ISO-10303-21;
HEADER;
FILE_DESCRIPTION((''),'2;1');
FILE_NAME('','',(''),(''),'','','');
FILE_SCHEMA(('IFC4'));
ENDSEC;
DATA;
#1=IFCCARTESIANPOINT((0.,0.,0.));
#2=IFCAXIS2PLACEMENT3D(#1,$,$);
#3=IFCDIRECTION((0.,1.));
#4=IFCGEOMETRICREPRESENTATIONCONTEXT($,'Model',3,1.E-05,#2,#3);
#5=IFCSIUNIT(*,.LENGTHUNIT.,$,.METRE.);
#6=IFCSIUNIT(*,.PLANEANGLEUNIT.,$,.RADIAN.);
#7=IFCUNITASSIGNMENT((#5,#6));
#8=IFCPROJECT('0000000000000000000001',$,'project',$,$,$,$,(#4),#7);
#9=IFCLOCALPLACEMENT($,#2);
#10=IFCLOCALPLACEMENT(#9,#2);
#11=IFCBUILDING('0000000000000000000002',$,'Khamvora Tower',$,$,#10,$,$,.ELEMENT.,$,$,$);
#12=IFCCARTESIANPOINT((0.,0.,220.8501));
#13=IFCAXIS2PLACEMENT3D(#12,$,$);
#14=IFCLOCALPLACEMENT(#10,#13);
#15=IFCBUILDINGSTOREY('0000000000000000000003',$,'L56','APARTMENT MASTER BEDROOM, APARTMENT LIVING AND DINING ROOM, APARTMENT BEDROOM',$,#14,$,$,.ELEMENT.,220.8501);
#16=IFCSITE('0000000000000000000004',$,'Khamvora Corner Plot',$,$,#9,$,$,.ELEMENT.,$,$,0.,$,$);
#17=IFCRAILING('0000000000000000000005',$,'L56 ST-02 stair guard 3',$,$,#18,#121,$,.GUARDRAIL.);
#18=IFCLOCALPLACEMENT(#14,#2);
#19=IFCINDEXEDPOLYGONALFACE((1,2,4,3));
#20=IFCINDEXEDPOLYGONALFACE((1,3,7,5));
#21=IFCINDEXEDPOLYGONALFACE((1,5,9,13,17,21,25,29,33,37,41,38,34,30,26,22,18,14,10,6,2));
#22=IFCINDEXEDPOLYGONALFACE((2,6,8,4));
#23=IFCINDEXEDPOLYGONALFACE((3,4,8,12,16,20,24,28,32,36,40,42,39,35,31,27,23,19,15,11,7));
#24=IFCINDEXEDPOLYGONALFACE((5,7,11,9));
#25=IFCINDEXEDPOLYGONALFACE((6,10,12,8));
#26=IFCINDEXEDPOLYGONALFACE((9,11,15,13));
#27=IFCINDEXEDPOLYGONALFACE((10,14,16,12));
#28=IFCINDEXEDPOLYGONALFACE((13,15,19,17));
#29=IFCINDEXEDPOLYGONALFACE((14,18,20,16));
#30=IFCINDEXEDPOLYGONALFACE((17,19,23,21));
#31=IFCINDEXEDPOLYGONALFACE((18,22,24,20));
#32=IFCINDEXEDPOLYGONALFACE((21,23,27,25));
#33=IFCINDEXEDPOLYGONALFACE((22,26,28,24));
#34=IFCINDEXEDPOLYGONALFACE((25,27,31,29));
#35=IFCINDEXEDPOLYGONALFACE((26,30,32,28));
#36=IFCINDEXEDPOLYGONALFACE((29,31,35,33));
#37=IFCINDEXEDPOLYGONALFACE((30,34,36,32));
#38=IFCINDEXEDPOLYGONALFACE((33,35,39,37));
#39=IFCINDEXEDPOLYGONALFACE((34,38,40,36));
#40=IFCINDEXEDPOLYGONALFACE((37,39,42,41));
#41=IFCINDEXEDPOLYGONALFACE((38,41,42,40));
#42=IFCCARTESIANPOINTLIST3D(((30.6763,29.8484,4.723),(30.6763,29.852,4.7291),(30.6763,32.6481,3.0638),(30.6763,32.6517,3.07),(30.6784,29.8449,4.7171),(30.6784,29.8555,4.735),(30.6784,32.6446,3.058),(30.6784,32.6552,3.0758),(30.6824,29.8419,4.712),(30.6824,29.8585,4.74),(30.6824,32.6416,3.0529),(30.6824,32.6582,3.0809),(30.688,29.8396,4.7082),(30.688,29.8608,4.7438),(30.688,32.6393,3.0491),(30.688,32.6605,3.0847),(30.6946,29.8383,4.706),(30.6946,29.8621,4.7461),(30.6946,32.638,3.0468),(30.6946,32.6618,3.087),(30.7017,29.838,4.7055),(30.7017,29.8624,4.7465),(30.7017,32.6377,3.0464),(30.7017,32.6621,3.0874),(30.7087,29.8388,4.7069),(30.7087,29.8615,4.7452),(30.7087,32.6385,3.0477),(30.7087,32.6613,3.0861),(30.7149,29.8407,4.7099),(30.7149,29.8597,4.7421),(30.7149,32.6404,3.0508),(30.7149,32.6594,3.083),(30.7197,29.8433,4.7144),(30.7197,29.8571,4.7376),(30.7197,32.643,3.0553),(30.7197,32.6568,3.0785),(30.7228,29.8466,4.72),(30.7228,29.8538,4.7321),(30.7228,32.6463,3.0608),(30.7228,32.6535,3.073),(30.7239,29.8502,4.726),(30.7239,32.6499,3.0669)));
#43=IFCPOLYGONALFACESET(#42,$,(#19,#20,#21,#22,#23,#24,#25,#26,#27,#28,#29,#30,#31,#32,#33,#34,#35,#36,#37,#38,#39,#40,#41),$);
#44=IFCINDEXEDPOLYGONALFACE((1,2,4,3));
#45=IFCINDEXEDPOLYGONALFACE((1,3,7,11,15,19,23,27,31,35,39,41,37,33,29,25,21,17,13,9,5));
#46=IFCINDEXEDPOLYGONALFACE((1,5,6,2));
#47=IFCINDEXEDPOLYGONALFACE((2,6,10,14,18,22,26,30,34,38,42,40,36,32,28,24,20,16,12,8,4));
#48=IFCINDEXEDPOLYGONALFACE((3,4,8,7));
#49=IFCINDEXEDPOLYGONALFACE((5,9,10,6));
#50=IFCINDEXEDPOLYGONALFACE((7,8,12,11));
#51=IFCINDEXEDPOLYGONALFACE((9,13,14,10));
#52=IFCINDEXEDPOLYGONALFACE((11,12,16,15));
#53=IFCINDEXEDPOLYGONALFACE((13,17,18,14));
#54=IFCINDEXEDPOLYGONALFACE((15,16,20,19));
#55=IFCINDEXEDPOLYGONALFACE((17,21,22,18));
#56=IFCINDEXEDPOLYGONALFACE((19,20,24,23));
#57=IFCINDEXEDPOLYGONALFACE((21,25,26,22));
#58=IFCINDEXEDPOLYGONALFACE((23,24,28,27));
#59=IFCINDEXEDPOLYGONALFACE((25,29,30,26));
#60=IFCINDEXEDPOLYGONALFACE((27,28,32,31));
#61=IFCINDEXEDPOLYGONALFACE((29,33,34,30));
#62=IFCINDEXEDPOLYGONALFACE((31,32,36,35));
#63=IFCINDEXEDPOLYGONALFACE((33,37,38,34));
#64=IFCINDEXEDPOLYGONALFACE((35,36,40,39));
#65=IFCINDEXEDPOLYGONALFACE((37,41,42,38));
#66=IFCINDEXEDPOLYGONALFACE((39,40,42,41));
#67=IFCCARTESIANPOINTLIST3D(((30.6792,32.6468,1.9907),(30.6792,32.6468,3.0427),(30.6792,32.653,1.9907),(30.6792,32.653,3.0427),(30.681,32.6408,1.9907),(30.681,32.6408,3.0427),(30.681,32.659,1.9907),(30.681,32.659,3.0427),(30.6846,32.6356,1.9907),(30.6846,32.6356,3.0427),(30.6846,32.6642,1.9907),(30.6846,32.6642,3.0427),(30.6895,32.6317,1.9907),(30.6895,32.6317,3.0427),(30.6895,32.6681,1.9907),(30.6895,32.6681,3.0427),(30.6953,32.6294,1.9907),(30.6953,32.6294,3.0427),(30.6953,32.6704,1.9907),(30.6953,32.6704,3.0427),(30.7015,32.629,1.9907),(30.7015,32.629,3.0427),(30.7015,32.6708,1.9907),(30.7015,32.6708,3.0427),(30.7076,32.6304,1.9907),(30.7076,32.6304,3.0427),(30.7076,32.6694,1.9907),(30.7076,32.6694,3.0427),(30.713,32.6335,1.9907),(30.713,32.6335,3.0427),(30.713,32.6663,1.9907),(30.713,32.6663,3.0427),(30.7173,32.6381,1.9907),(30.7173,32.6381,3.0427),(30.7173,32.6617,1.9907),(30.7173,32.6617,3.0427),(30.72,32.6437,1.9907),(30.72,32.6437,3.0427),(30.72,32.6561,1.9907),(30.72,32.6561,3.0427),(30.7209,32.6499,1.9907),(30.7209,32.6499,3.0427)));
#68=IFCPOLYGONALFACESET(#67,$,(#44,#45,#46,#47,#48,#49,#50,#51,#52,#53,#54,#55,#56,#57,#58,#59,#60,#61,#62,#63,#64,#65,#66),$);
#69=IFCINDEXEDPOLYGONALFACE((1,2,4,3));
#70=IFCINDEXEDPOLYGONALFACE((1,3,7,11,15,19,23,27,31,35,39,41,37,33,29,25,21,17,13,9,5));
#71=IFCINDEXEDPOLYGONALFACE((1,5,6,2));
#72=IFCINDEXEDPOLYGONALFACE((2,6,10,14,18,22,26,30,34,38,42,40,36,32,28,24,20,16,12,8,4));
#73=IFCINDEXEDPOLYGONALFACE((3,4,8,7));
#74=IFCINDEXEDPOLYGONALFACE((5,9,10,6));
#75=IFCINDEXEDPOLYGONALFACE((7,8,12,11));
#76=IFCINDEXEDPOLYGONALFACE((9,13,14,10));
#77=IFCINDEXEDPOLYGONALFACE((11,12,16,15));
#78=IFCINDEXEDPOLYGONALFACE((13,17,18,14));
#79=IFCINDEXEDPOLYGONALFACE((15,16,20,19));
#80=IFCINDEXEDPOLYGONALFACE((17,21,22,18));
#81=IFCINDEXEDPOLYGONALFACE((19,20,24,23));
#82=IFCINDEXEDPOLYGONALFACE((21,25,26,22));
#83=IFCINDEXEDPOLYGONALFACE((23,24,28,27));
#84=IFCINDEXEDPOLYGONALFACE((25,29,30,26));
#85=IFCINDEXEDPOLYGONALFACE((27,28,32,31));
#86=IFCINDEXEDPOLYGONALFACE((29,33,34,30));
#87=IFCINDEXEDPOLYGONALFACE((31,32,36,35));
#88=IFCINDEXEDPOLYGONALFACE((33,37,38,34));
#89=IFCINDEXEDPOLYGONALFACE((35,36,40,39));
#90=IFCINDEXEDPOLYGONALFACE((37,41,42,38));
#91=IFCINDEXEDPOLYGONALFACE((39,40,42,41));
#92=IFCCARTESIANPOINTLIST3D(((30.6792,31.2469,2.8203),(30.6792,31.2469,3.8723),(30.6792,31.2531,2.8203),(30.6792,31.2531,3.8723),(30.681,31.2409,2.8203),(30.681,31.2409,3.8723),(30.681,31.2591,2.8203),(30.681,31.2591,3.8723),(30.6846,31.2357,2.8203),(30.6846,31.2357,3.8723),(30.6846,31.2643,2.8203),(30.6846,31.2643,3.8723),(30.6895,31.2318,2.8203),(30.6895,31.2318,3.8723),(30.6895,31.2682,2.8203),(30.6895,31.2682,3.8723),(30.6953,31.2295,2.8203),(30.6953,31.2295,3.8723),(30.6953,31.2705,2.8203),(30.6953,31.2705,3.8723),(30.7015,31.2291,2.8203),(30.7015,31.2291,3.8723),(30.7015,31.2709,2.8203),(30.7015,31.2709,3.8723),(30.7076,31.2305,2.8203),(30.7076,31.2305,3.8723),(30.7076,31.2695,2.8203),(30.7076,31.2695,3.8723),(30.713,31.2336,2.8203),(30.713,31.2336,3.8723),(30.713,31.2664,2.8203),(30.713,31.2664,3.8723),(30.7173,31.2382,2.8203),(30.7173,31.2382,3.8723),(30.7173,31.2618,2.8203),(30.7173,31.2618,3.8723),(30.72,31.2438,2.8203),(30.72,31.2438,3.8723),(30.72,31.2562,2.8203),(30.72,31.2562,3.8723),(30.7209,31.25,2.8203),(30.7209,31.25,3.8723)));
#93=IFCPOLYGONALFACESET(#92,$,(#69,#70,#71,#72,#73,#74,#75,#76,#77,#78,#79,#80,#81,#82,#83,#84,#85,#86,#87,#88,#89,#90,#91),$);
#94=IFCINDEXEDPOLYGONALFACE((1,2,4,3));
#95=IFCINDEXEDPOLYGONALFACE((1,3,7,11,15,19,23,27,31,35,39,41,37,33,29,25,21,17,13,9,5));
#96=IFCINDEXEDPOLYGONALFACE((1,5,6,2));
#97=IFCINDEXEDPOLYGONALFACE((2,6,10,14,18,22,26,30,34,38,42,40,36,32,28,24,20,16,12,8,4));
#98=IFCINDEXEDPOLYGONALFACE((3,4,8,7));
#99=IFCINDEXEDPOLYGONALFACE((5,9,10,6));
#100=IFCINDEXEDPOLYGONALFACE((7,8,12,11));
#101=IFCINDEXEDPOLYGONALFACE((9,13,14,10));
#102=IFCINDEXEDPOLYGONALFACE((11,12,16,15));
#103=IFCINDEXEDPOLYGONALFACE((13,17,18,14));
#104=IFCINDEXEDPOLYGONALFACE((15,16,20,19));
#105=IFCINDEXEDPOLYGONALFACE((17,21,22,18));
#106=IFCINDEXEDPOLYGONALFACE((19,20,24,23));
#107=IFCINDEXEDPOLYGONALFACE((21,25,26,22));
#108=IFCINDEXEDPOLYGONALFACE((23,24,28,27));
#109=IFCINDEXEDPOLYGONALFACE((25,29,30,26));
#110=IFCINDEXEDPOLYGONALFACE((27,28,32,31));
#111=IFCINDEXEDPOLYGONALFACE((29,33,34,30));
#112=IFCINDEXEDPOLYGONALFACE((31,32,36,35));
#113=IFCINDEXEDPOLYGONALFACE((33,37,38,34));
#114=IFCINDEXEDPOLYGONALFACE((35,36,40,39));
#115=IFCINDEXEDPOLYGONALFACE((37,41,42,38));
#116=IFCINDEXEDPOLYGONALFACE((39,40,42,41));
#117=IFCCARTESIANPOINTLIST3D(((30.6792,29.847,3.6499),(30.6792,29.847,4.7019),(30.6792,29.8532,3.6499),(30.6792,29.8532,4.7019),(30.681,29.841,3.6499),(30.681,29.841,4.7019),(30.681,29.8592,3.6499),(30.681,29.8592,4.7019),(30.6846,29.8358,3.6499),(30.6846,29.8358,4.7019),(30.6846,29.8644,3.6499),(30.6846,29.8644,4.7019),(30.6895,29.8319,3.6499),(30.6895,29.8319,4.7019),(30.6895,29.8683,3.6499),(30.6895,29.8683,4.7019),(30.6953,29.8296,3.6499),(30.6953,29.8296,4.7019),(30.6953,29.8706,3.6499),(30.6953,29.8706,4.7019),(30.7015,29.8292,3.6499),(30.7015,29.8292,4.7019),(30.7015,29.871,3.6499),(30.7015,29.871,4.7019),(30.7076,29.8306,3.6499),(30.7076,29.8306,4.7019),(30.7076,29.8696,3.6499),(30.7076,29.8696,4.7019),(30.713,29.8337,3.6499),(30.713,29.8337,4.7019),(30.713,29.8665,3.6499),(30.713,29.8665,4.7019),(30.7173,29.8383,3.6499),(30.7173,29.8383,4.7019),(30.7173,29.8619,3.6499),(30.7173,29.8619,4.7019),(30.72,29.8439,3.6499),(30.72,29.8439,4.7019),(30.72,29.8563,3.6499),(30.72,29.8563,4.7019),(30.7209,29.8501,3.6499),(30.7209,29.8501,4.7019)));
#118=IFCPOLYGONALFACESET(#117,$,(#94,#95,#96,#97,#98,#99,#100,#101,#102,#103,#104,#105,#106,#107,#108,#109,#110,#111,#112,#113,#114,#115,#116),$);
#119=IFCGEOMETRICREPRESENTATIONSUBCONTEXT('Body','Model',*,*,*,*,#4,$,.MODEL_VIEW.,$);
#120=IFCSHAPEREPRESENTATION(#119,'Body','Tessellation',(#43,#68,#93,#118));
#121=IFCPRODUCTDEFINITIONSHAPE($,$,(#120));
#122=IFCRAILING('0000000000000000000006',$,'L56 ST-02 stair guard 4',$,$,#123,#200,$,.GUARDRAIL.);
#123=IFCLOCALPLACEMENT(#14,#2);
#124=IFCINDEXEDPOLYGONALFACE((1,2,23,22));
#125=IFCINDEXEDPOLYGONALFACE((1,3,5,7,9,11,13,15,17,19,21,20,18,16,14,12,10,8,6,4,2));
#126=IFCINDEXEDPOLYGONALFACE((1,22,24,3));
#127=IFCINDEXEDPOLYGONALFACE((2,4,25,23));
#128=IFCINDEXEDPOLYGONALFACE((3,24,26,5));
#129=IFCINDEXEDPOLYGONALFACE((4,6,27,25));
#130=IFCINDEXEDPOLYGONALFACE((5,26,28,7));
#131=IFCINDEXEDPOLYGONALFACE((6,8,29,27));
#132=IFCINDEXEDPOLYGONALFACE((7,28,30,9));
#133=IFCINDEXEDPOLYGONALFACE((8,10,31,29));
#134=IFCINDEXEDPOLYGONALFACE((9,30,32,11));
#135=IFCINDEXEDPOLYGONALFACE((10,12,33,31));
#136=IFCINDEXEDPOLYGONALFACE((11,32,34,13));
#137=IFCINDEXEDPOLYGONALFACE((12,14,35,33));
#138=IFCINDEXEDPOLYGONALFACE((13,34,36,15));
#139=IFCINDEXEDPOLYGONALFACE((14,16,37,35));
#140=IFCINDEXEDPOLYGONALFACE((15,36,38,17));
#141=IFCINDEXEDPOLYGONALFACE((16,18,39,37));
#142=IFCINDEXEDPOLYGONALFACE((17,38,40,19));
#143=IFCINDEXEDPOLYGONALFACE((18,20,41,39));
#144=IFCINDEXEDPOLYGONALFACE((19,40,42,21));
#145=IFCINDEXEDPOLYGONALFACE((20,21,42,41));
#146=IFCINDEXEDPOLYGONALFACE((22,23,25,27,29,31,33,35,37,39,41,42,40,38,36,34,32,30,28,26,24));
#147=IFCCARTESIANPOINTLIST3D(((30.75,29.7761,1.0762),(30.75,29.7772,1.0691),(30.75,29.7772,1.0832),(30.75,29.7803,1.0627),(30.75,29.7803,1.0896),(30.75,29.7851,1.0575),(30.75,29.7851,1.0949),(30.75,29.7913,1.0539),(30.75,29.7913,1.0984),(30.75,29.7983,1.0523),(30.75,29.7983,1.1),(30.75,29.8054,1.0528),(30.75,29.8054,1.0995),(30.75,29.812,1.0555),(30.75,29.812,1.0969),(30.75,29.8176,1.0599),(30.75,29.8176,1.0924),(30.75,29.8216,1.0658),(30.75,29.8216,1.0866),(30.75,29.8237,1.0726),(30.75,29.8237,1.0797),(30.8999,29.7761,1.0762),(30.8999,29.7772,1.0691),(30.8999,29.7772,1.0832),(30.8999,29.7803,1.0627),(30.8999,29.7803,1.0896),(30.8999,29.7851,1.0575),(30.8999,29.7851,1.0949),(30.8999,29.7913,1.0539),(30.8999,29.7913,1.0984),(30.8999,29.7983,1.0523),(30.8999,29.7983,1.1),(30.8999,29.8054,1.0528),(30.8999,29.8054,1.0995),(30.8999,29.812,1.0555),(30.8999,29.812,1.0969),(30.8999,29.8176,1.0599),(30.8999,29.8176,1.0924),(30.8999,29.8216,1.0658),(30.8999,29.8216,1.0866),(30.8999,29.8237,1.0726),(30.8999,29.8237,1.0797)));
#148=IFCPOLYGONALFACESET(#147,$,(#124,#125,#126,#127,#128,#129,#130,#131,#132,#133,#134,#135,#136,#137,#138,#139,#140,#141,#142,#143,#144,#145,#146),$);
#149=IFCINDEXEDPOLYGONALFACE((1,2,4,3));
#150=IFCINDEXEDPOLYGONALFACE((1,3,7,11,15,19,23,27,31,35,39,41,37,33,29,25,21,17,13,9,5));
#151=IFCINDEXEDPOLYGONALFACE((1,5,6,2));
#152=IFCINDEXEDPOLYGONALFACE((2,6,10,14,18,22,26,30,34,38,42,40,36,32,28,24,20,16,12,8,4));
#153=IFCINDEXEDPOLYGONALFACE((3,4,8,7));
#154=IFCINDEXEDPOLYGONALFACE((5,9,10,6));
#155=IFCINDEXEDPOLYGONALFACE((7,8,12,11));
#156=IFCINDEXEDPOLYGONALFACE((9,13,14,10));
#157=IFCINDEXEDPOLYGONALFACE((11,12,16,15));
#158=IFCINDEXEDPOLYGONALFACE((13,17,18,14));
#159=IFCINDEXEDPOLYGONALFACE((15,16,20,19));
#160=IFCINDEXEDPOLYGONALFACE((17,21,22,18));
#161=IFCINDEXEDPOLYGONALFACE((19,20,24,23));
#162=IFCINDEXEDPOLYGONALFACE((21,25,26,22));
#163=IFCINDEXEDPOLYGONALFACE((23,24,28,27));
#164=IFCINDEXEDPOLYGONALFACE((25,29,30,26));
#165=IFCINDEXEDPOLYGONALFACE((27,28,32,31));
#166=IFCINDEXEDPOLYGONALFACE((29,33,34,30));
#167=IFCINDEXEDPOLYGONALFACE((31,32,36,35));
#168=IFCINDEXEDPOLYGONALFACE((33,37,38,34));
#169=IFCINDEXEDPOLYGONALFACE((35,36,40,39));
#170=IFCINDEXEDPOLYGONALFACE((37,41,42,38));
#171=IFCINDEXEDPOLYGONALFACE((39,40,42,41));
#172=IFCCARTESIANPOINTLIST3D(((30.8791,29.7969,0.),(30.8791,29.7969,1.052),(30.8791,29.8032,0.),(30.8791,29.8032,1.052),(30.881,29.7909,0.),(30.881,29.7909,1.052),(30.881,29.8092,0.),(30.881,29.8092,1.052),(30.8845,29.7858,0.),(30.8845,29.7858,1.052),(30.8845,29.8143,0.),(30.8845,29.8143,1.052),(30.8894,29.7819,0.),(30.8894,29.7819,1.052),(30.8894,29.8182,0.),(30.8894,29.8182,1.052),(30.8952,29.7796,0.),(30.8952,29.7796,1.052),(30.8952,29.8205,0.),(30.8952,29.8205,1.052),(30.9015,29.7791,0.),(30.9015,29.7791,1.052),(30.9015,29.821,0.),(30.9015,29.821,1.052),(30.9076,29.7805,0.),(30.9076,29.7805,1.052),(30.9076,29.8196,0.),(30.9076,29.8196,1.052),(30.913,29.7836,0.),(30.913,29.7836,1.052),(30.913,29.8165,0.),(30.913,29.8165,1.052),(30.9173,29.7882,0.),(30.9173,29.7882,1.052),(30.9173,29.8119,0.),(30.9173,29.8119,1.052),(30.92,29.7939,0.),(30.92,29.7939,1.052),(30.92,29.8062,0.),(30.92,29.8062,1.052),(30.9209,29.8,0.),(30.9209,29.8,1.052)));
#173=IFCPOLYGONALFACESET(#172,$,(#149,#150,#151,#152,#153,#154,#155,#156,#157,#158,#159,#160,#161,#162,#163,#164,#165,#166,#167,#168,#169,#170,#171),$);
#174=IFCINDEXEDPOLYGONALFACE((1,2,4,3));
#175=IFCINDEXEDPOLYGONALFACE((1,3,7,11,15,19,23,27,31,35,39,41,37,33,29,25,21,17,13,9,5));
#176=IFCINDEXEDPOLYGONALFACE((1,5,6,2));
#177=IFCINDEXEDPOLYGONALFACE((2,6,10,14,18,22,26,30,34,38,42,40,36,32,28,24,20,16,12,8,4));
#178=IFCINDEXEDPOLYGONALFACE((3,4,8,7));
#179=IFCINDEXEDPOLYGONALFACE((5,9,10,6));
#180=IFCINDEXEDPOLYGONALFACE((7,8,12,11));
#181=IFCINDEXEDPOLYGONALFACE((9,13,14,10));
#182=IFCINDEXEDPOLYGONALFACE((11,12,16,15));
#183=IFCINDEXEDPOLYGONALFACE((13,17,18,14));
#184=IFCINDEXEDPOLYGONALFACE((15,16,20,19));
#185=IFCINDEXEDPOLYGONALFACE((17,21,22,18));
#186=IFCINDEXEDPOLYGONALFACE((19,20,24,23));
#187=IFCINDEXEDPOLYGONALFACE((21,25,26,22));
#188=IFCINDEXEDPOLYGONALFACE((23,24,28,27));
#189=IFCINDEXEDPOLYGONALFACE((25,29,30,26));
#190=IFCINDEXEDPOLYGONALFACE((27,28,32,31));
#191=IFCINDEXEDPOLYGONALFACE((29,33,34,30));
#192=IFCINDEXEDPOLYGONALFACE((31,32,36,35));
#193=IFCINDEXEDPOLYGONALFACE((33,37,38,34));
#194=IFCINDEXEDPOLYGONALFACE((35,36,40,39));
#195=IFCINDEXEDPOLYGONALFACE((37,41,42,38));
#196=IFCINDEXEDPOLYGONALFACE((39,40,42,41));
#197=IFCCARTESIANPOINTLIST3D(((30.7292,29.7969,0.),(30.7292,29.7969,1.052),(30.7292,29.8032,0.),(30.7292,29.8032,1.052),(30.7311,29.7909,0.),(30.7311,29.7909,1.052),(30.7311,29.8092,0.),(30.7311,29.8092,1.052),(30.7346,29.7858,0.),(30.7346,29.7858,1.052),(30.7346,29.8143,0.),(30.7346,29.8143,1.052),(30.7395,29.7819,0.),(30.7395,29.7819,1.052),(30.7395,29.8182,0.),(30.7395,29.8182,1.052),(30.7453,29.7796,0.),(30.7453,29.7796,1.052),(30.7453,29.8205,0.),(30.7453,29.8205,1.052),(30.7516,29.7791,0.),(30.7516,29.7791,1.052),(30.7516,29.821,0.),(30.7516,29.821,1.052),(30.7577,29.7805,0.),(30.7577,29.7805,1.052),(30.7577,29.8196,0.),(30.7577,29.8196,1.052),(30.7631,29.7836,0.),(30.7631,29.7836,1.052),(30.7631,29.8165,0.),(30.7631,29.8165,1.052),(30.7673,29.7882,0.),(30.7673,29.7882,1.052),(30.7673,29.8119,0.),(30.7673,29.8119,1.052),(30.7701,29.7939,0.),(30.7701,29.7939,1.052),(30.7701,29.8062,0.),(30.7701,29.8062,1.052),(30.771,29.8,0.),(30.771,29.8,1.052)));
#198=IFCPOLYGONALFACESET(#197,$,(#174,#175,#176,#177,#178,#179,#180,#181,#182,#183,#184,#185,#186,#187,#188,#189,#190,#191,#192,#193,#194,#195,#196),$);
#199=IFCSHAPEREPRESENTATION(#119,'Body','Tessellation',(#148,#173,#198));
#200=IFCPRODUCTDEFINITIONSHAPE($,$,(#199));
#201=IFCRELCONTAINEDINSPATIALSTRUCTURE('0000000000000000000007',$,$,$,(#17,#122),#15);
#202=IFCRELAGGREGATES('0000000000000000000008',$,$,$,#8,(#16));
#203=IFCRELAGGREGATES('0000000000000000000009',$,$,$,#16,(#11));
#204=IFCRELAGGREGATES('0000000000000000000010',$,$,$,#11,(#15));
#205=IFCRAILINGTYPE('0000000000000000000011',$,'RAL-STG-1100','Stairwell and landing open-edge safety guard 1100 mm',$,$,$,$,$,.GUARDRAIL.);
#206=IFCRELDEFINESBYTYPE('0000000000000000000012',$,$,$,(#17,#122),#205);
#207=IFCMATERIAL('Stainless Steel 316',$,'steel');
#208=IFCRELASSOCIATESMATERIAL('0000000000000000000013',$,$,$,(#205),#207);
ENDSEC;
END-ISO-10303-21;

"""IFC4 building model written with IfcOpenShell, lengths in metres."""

from ifc_helpers import new_model, si_unit, direction, frame, origin, origin_2d, place, context, subcontext, project, spatial, circle, extrude, material, type_object, element, save


model = new_model("IFC4")

# Units and contexts
model_context = context("Model", 3, precision=1e-05, world=origin(), true_north=direction((0.0, 1.0)))
body_context = subcontext(model_context, "Body", "Model", "MODEL_VIEW")
ifc_project = project(units=[si_unit("LENGTHUNIT", "METRE"), si_unit("PLANEANGLEUNIT", "RADIAN")], contexts=[model_context])

# Site, building, storey
site_placement = place(None, origin())
site = spatial("IfcSite", under=ifc_project, at=site_placement, Name="Khamvora Corner Plot", CompositionType="ELEMENT", RefElevation=0.0)
building_placement = place(site_placement, origin())
building = spatial("IfcBuilding", under=site, at=building_placement, Name="Khamvora Tower", CompositionType="ELEMENT")
storey_placement = place(building_placement, frame((0.0, 0.0, 220.8501)))
storey = spatial("IfcBuildingStorey", under=building, at=storey_placement, Name="L56", Description="APARTMENT MASTER BEDROOM, APARTMENT LIVING AND DINING ROOM, APARTMENT BEDROOM", CompositionType="ELEMENT", Elevation=220.8501)

# Railings
ifc_material_1 = material(Name="Stainless Steel 316", Category="steel")
railing_type_1 = type_object("IfcRailingType", Name="RAL-STG-1100", Description="Stairwell and landing open-edge safety guard 1100 mm", PredefinedType="GUARDRAIL", material=ifc_material_1)
railing_1_placement = place(storey_placement, frame((30.7, 32.6499, 1.9907)))
element("IfcRailing", 1, at=railing_1_placement, inside=storey, type_object=railing_type_1, Name="L56 ST-02 stair guard 3", PredefinedType="GUARDRAIL", context=body_context, shape_type="SweptSolid", body=[
    extrude(circle(Radius=0.0239, at=origin_2d()), frame((0.0, 0.0, 1.0762), z_axis=(0.0, -0.860287, 0.509811), x_axis=(1.0, 0.0, 0.0)), (0.0, 0.0, 1.0), 3.2544),
    extrude(circle(Radius=0.021, at=origin_2d()), origin(), (0.0, 0.0, 1.0), 1.052),
    extrude(circle(Radius=0.021, at=origin_2d()), frame((0.0, -1.3999, 0.8296)), (0.0, 0.0, 1.0), 1.052),
    extrude(circle(Radius=0.021, at=origin_2d()), frame((0.0, -2.7998, 1.6592)), (0.0, 0.0, 1.0), 1.052),
])
railing_2_placement = place(storey_placement, frame((30.8999, 29.8, 0.0)))
element("IfcRailing", 2, at=railing_2_placement, inside=storey, type_object=railing_type_1, Name="L56 ST-02 stair guard 4", PredefinedType="GUARDRAIL", context=body_context, shape_type="SweptSolid", body=[
    extrude(circle(Radius=0.0239, at=origin_2d()), frame((0.0, 0.0, 1.0762), z_axis=(-1.0, 0.0, 0.0), x_axis=(0.0, -1.0, 0.0)), (0.0, 0.0, 1.0), 0.1499),
    extrude(circle(Radius=0.021, at=origin_2d()), origin(), (0.0, 0.0, 1.0), 1.052),
    extrude(circle(Radius=0.021, at=origin_2d()), frame((-0.1499, 0.0, 0.0)), (0.0, 0.0, 1.0), 1.052),
])

save(model, "model.ifc")
